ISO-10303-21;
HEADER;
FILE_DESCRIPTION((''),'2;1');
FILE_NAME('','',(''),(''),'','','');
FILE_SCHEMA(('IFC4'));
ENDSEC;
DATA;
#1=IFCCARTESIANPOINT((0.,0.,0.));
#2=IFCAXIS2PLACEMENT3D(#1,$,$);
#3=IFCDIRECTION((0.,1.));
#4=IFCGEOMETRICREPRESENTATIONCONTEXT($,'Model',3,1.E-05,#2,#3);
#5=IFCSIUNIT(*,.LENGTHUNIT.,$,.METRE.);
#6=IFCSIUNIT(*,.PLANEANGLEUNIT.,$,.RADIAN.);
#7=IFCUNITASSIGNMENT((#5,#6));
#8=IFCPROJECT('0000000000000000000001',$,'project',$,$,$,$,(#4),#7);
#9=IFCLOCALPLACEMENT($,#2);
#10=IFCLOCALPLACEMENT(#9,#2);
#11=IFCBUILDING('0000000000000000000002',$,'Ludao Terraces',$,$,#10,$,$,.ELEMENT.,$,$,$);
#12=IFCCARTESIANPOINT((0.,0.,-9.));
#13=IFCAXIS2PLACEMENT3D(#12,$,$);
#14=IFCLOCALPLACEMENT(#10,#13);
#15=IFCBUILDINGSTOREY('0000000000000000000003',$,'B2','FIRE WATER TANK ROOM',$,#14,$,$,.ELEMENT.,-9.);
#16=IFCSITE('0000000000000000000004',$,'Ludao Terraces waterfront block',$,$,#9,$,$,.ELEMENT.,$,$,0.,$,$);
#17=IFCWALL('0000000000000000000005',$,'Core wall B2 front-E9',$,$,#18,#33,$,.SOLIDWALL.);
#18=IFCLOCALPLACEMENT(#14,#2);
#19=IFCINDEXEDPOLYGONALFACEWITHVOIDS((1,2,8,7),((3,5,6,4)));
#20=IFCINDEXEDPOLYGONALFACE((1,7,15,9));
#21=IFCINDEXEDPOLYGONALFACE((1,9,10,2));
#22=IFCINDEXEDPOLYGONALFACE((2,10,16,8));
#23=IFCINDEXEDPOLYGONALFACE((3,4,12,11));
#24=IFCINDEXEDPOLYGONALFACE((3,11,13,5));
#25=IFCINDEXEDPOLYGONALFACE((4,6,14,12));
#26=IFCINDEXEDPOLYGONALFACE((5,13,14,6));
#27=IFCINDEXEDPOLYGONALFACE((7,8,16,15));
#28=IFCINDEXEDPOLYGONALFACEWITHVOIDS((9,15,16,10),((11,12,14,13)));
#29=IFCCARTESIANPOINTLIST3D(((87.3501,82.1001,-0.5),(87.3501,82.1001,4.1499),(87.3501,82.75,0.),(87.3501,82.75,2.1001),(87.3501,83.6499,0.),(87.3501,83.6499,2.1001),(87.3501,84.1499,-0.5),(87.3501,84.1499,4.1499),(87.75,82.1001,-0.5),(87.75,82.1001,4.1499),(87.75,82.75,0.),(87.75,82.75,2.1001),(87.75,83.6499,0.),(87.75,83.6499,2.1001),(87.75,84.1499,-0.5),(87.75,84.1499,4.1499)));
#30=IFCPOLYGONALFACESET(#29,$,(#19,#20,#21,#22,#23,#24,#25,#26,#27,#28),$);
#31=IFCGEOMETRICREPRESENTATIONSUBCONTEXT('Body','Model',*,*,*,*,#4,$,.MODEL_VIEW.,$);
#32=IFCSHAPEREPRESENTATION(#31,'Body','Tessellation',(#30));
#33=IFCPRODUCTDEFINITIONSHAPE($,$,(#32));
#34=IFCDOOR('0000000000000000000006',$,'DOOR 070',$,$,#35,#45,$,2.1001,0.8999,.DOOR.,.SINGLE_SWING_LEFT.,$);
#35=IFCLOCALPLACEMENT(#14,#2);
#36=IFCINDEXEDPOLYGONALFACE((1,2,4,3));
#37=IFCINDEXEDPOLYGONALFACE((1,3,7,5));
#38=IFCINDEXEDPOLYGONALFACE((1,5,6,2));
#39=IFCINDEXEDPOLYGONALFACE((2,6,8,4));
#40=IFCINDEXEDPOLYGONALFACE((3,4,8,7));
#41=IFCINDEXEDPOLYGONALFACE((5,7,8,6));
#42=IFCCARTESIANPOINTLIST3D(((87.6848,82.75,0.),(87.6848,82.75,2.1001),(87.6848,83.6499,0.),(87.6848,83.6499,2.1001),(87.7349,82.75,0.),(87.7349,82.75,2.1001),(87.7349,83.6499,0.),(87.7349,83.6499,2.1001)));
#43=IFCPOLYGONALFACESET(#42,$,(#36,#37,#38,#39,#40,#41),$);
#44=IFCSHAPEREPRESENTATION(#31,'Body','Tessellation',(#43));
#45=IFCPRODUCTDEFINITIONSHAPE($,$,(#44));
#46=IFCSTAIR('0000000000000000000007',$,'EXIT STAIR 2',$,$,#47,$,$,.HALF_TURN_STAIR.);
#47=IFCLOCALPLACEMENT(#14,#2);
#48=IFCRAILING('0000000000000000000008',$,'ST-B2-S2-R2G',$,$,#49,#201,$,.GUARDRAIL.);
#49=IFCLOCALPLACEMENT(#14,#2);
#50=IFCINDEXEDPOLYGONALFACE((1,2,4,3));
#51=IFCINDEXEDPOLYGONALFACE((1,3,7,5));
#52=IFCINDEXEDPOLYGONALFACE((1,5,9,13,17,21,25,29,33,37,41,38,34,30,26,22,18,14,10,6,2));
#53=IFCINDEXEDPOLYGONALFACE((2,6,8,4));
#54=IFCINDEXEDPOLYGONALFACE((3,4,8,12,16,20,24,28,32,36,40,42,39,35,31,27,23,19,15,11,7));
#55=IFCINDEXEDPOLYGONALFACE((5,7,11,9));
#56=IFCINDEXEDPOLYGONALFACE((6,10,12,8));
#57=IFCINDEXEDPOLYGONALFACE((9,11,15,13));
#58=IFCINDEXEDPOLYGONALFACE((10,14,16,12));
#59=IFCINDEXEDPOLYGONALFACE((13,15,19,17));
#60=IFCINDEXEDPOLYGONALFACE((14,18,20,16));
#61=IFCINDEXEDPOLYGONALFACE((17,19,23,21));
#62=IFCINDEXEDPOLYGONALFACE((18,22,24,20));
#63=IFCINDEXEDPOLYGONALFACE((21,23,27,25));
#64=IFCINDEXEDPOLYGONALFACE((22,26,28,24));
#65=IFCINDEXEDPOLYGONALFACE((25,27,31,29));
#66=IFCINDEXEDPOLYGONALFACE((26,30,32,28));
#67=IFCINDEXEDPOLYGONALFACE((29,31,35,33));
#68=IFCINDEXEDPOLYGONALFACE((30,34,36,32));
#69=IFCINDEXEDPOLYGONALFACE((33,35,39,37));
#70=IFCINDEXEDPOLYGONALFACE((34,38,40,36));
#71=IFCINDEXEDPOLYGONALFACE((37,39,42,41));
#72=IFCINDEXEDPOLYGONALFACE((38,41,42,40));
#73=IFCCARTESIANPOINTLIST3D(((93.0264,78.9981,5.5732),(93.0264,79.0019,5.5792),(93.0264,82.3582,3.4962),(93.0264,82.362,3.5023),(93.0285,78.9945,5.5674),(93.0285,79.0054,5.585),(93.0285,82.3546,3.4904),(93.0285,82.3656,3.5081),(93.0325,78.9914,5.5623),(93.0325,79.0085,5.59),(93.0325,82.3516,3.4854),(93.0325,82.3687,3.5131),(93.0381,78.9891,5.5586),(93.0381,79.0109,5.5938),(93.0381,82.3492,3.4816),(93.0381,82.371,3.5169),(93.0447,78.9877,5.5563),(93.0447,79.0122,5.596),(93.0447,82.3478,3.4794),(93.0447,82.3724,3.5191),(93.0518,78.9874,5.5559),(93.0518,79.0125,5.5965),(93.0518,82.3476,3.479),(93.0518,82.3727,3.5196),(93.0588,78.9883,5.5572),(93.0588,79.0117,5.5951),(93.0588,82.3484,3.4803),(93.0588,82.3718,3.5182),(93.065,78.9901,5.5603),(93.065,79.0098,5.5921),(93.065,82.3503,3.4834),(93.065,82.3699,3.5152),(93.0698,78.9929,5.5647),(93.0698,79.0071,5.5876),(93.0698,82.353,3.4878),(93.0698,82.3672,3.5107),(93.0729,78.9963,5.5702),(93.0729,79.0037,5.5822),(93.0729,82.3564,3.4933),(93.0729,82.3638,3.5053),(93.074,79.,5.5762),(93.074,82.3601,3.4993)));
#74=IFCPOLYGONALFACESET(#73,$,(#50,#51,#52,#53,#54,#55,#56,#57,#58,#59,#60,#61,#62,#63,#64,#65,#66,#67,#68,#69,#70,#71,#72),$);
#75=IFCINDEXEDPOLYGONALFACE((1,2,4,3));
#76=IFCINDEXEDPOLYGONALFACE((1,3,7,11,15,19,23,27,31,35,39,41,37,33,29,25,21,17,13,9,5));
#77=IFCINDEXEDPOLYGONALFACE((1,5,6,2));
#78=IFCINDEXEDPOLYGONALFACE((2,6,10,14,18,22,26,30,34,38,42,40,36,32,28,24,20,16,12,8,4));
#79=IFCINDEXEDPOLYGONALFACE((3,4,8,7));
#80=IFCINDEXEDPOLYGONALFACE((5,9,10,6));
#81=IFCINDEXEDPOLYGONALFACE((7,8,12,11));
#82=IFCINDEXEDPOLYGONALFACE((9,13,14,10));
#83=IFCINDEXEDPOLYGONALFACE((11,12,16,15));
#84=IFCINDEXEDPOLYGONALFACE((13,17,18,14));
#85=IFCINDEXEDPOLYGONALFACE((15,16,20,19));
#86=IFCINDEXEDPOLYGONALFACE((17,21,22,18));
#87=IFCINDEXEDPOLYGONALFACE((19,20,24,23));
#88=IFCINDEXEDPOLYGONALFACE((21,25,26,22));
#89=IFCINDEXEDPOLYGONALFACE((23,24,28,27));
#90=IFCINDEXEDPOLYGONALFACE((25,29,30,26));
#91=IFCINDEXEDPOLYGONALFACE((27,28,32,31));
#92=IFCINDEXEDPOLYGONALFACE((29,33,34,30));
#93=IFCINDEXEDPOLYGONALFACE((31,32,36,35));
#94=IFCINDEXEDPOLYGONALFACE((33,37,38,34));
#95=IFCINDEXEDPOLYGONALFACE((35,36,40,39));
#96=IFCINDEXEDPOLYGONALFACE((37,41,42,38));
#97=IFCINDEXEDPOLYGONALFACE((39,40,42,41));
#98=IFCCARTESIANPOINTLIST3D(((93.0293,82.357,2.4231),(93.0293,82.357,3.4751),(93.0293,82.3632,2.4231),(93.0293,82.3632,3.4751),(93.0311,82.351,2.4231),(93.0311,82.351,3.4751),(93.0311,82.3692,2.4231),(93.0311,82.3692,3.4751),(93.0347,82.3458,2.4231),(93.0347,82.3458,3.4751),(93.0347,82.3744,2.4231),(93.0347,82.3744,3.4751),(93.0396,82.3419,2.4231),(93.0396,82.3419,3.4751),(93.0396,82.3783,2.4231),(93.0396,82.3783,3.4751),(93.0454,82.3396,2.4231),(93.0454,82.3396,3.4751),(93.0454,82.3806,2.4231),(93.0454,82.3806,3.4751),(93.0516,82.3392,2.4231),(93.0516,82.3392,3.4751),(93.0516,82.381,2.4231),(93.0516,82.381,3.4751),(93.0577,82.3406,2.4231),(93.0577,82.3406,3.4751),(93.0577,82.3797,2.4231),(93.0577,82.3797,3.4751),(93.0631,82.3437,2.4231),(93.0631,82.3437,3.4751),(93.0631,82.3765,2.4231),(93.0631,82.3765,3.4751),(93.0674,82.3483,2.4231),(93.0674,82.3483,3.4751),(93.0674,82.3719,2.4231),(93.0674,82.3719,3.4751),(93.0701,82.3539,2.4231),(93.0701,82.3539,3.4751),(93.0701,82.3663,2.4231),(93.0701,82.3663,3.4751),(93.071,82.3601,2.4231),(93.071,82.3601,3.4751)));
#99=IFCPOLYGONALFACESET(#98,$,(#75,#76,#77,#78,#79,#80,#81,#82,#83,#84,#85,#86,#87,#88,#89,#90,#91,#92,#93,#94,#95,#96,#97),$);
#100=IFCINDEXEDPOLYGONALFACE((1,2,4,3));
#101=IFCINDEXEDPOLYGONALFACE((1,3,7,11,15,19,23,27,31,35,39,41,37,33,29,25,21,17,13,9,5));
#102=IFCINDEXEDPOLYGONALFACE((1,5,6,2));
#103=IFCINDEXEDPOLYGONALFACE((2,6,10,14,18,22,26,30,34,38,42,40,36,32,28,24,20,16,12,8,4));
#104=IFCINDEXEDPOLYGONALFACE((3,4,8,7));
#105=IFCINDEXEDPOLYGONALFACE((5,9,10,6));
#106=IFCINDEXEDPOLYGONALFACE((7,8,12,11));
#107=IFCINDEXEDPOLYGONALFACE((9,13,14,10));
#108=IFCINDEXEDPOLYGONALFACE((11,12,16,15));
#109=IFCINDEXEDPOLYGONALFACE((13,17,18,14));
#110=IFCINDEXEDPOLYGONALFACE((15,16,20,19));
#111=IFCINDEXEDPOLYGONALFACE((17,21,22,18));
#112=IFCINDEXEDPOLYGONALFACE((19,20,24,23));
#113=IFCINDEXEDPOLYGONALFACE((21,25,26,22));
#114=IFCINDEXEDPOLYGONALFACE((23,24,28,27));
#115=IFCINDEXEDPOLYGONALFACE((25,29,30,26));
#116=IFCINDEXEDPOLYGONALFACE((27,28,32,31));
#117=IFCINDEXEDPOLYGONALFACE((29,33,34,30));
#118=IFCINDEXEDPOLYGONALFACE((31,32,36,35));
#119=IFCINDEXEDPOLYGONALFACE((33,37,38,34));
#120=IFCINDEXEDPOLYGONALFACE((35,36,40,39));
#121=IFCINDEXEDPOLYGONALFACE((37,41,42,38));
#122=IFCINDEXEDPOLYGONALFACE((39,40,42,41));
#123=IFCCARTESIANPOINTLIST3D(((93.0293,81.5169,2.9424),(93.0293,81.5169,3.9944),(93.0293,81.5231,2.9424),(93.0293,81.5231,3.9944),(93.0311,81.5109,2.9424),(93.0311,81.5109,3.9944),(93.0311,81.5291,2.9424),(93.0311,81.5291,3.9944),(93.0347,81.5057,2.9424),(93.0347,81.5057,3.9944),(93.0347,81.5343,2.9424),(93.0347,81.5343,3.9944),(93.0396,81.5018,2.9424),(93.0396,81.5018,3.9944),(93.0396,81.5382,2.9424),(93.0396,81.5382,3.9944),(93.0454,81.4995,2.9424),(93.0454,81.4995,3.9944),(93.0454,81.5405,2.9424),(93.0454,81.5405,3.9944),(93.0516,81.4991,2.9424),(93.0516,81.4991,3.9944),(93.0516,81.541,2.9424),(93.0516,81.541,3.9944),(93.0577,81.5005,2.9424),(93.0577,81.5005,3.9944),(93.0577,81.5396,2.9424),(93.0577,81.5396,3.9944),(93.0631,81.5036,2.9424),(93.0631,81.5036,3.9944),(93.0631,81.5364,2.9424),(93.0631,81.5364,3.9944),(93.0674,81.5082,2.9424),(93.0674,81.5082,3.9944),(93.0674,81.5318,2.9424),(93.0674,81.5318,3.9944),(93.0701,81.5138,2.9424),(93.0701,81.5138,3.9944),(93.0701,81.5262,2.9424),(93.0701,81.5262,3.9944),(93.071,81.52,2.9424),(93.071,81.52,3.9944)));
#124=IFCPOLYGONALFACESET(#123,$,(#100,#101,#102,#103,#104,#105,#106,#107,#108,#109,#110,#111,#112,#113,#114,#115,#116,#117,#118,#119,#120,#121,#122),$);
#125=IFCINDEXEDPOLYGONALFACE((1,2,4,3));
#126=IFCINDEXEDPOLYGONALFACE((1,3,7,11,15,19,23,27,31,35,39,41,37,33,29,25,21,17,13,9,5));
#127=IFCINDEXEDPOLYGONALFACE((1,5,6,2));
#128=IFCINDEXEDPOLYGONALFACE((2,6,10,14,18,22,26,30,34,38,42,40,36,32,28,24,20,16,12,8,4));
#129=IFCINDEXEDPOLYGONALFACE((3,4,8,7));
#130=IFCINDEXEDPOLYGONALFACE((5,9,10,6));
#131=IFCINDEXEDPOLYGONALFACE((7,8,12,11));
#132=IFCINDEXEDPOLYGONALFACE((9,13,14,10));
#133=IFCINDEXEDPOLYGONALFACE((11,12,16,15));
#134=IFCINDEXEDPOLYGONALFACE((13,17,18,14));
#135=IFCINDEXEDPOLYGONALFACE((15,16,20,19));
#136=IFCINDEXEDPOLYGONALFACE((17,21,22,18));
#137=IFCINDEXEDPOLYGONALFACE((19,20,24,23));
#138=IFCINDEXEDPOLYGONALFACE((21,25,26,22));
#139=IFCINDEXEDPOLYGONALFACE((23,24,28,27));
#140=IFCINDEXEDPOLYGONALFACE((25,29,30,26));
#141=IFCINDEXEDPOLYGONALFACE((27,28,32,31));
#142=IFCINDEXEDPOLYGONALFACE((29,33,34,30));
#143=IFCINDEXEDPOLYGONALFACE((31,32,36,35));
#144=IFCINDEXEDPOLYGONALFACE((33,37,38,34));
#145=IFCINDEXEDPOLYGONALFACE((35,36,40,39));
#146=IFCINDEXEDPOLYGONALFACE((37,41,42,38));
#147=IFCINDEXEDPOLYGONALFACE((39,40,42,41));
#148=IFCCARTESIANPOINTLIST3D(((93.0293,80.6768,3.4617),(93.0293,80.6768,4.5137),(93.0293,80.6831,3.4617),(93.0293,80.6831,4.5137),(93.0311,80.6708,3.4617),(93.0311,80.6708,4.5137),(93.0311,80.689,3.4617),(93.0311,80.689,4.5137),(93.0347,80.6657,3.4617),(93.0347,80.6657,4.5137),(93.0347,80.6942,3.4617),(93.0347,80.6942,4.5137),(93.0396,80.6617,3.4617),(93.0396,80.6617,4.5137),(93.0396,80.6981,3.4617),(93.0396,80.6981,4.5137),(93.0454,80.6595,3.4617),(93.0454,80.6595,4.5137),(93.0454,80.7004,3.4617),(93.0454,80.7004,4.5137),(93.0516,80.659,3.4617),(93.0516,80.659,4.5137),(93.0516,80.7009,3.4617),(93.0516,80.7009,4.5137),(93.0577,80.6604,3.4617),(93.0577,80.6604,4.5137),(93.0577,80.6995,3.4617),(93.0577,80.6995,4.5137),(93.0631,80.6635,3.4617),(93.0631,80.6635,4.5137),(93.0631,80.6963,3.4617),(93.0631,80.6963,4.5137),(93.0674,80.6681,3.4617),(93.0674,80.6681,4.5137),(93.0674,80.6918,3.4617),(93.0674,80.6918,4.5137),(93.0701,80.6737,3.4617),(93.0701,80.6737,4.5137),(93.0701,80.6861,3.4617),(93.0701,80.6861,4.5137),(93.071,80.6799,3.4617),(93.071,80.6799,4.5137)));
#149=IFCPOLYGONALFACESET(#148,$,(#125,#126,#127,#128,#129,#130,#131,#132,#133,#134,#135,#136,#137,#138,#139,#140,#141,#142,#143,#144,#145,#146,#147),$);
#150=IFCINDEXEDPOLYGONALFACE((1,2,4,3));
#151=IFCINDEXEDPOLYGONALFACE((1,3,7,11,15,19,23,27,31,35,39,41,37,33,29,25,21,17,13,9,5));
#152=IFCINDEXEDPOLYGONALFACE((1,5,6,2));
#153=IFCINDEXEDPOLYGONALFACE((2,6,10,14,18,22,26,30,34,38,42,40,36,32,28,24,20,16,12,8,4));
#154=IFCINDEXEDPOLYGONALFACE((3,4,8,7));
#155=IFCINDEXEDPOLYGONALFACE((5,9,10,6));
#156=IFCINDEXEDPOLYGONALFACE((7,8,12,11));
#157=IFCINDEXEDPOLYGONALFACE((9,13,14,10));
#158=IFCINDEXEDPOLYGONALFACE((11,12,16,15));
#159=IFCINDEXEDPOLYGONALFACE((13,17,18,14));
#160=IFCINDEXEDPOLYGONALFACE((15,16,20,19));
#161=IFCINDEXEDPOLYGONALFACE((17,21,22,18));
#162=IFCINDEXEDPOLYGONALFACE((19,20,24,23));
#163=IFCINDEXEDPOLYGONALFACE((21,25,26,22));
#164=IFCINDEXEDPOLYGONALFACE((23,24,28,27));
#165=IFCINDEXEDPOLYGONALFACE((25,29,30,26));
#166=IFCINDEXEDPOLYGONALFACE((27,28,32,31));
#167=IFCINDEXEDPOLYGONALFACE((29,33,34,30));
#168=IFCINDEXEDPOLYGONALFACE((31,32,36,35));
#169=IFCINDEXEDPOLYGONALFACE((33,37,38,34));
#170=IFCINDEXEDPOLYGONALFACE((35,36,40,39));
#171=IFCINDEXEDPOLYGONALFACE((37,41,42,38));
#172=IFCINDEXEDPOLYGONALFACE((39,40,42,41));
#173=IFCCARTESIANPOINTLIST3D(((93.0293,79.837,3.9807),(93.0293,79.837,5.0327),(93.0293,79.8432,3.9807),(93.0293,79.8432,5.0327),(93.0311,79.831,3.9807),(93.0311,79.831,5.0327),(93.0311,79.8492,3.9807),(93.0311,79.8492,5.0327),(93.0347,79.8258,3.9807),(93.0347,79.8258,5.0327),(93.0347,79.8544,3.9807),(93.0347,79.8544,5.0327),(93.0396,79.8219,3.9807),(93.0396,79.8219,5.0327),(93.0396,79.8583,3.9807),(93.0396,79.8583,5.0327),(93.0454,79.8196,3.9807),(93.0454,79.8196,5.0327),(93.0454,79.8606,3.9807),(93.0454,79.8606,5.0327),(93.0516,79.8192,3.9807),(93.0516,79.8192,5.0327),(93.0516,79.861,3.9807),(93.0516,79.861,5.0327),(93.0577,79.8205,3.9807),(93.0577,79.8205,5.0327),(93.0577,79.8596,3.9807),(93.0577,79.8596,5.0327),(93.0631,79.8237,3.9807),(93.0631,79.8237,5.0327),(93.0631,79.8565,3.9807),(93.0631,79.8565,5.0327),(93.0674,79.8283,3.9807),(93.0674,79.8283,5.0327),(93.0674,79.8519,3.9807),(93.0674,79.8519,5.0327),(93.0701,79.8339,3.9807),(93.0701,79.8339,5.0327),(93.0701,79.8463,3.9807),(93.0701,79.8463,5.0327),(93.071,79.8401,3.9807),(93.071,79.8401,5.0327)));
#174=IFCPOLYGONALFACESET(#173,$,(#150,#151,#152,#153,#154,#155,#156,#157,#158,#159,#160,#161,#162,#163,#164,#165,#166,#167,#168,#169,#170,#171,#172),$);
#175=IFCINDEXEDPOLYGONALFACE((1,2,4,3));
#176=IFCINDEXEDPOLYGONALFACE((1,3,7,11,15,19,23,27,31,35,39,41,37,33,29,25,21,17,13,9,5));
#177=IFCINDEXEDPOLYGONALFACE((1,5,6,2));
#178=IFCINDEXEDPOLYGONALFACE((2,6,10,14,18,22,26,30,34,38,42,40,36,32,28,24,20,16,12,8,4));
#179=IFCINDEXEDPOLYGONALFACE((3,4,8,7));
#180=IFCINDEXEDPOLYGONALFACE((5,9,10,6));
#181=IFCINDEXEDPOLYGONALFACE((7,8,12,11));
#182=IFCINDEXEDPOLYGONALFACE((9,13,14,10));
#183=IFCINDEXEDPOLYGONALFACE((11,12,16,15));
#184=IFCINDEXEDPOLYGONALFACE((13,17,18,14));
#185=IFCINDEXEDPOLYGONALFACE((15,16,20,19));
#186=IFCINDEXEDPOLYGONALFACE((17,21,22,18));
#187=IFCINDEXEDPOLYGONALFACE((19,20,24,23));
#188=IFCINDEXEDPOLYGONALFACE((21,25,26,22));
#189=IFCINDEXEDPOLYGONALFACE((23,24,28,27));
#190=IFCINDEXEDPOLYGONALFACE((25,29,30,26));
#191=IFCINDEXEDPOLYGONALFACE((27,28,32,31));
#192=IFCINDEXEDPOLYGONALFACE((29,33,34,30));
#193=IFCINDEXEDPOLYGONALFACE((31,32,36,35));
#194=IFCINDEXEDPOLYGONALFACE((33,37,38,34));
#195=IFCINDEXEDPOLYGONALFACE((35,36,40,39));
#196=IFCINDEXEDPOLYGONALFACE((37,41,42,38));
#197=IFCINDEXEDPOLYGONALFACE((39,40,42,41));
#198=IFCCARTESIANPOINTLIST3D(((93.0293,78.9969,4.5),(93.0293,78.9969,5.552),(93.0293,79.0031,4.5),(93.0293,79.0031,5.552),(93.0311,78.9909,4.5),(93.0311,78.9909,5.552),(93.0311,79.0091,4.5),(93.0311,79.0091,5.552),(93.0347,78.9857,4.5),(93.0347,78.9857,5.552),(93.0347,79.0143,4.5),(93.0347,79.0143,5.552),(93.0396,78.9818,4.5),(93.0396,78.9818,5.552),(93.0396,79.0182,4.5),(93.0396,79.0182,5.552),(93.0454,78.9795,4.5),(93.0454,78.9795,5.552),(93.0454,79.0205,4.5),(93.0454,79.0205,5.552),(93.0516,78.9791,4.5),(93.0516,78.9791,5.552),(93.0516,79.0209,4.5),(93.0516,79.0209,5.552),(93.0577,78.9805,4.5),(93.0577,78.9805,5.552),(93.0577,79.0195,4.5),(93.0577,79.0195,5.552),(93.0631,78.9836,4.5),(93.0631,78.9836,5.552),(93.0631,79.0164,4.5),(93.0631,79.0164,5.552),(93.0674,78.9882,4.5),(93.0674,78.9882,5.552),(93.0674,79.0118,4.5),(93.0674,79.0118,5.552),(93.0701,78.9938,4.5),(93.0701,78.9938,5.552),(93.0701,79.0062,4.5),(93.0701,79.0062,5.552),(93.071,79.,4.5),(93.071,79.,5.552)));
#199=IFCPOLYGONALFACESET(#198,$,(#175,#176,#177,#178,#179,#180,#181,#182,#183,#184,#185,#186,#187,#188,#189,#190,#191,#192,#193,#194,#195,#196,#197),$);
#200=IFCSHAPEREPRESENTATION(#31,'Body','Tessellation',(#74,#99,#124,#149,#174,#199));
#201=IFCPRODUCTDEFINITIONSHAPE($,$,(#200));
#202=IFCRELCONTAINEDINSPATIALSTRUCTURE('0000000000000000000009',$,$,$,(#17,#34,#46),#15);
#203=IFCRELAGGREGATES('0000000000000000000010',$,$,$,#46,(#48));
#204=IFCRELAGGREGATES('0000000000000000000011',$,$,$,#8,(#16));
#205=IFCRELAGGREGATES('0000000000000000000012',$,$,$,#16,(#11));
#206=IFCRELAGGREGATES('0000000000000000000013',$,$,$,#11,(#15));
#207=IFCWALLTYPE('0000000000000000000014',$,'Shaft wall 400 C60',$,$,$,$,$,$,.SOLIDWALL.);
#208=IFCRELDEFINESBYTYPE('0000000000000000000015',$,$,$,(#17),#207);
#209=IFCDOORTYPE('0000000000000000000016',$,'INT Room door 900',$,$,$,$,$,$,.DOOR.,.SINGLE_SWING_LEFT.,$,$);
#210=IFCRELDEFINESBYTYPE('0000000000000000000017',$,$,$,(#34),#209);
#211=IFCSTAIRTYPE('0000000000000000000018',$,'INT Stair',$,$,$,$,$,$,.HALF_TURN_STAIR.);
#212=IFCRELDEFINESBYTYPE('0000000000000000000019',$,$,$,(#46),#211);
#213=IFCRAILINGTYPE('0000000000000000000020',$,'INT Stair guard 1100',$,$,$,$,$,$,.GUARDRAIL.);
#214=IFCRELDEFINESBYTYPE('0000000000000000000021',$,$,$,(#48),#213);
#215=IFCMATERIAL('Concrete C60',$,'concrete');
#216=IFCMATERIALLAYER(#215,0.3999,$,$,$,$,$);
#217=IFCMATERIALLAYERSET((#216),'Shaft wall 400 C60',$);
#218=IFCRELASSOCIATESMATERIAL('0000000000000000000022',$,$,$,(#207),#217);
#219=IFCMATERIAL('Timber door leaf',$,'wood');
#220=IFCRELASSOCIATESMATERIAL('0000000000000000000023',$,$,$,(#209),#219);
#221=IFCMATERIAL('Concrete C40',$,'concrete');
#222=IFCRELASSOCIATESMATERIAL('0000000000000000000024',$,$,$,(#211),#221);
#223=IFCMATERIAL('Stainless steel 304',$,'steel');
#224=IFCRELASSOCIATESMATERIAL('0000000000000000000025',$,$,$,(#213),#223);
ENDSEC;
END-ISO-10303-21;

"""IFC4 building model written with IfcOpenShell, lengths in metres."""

from ifc_helpers import new_model, si_unit, direction, frame, frame_2d, origin, origin_2d, place, context, subcontext, project, spatial, rectangle, circle, extrude, material, layer, layer_set, type_object, element, fill, aggregate, save


model = new_model("IFC4")

# Units and contexts
model_context = context("Model", 3, precision=1e-05, world=origin(), true_north=direction((0.0, 1.0)))
body_context = subcontext(model_context, "Body", "Model", "MODEL_VIEW")
ifc_project = project(units=[si_unit("LENGTHUNIT", "METRE"), si_unit("PLANEANGLEUNIT", "RADIAN")], contexts=[model_context])

# Site, building, storey
site_placement = place(None, origin())
site = spatial("IfcSite", under=ifc_project, at=site_placement, Name="Ludao Terraces waterfront block", CompositionType="ELEMENT", RefElevation=0.0)
building_placement = place(site_placement, origin())
building = spatial("IfcBuilding", under=site, at=building_placement, Name="Ludao Terraces", CompositionType="ELEMENT")
storey_placement = place(building_placement, frame((0.0, 0.0, -9.0)))
storey = spatial("IfcBuildingStorey", under=building, at=storey_placement, Name="B2", Description="FIRE WATER TANK ROOM", CompositionType="ELEMENT", Elevation=-9.0)

# Shared definitions
ifc_material_1 = material(Name="Concrete C40", Category="concrete")

# Shared definitions
ifc_material_2 = material(Name="Concrete C60", Category="concrete")

# Shared definitions
ifc_material_3 = material(Name="Timber door leaf", Category="wood")

# Wall, opening, door
ifc_layer_1 = layer(ifc_material_2, 0.3999)
ifc_layer_set_1 = layer_set([ifc_layer_1], Name="Shaft wall 400 C60")
wall_type_1 = type_object("IfcWallType", Name="Shaft wall 400 C60", PredefinedType="SOLIDWALL", material=ifc_layer_set_1)
wall_1_placement = place(storey_placement, frame((87.55, 82.1001, -0.5), z_axis=(0.0, 0.0, 1.0), x_axis=(0.0, 1.0, 0.0)))
wall_1 = element("IfcWall", 1, at=wall_1_placement, inside=storey, type_object=wall_type_1, Name="Core wall B2 front-E9", PredefinedType="SOLIDWALL", context=body_context, shape_type="SweptSolid", body=[
    extrude(rectangle(XDim=2.0498, YDim=0.3999, at=frame_2d((1.0249, 0.0))), origin(), (0.0, 0.0, 1.0), 4.6499),
])
opening_1_placement = place(wall_1_placement, frame((0.6499, 0.0, 0.5)))
opening_1 = element("IfcOpeningElement", 2, at=opening_1_placement, cuts=wall_1, PredefinedType="OPENING", context=body_context, shape_type="SweptSolid", body=[
    extrude(rectangle(XDim=0.8999, YDim=2.1001, at=frame_2d((0.45, 1.05))), frame((0.0, 0.21, 0.0), z_axis=(0.0, -1.0, 0.0), x_axis=(1.0, 0.0, 0.0)), (0.0, 0.0, 1.0), 0.4199),
])
door_type_1 = type_object("IfcDoorType", Name="INT Room door 900", OperationType="SINGLE_SWING_LEFT", PredefinedType="DOOR", material=ifc_material_3)
door_1_placement = place(opening_1_placement, origin())
door_1 = element("IfcDoor", 3, at=door_1_placement, inside=storey, type_object=door_type_1, Name="DOOR 070", OperationType="SINGLE_SWING_LEFT", OverallHeight=2.1001, OverallWidth=0.8999, PredefinedType="DOOR", context=body_context, shape_type="SweptSolid", body=[
    extrude(rectangle(XDim=0.8999, YDim=2.1001, at=frame_2d((0.45, 1.05))), frame((0.0, -0.1348, 0.0), z_axis=(0.0, -1.0, 0.0), x_axis=(1.0, 0.0, 0.0)), (0.0, 0.0, 1.0), 0.05),
])
fill(opening_1, door_1)

# Stair, railing
stair_type = type_object("IfcStairType", Name="INT Stair", PredefinedType="HALF_TURN_STAIR", material=ifc_material_1)
stair_placement = place(storey_placement, origin())
stair = element("IfcStair", 4, at=stair_placement, inside=storey, type_object=stair_type, Name="EXIT STAIR 2", PredefinedType="HALF_TURN_STAIR")
ifc_material_4 = material(Name="Stainless steel 304", Category="steel")
railing_type_1 = type_object("IfcRailingType", Name="INT Stair guard 1100", PredefinedType="GUARDRAIL", material=ifc_material_4)
railing_1_placement = place(storey_placement, frame((93.05, 82.3601, 2.4231)))
railing_1 = element("IfcRailing", 5, at=railing_1_placement, type_object=railing_type_1, Name="ST-B2-S2-R2G", PredefinedType="GUARDRAIL", context=body_context, shape_type="SweptSolid", body=[
    extrude(circle(Radius=0.0239, at=origin_2d()), frame((0.0, 0.0, 1.0762), z_axis=(0.0, -0.850623, 0.525776), x_axis=(1.0, 0.0, 0.0)), (0.0, 0.0, 1.0), 3.9502),
    extrude(circle(Radius=0.021, at=origin_2d()), origin(), (0.0, 0.0, 1.0), 1.052),
    extrude(circle(Radius=0.021, at=origin_2d()), frame((0.0, -0.8401, 0.5193)), (0.0, 0.0, 1.0), 1.052),
    extrude(circle(Radius=0.021, at=origin_2d()), frame((0.0, -1.6802, 1.0386)), (0.0, 0.0, 1.0), 1.052),
    extrude(circle(Radius=0.021, at=origin_2d()), frame((0.0, -2.52, 1.5576)), (0.0, 0.0, 1.0), 1.052),
    extrude(circle(Radius=0.021, at=origin_2d()), frame((0.0, -3.3601, 2.0769)), (0.0, 0.0, 1.0), 1.052),
])
aggregate(stair, [railing_1])

save(model, "model.ifc")
